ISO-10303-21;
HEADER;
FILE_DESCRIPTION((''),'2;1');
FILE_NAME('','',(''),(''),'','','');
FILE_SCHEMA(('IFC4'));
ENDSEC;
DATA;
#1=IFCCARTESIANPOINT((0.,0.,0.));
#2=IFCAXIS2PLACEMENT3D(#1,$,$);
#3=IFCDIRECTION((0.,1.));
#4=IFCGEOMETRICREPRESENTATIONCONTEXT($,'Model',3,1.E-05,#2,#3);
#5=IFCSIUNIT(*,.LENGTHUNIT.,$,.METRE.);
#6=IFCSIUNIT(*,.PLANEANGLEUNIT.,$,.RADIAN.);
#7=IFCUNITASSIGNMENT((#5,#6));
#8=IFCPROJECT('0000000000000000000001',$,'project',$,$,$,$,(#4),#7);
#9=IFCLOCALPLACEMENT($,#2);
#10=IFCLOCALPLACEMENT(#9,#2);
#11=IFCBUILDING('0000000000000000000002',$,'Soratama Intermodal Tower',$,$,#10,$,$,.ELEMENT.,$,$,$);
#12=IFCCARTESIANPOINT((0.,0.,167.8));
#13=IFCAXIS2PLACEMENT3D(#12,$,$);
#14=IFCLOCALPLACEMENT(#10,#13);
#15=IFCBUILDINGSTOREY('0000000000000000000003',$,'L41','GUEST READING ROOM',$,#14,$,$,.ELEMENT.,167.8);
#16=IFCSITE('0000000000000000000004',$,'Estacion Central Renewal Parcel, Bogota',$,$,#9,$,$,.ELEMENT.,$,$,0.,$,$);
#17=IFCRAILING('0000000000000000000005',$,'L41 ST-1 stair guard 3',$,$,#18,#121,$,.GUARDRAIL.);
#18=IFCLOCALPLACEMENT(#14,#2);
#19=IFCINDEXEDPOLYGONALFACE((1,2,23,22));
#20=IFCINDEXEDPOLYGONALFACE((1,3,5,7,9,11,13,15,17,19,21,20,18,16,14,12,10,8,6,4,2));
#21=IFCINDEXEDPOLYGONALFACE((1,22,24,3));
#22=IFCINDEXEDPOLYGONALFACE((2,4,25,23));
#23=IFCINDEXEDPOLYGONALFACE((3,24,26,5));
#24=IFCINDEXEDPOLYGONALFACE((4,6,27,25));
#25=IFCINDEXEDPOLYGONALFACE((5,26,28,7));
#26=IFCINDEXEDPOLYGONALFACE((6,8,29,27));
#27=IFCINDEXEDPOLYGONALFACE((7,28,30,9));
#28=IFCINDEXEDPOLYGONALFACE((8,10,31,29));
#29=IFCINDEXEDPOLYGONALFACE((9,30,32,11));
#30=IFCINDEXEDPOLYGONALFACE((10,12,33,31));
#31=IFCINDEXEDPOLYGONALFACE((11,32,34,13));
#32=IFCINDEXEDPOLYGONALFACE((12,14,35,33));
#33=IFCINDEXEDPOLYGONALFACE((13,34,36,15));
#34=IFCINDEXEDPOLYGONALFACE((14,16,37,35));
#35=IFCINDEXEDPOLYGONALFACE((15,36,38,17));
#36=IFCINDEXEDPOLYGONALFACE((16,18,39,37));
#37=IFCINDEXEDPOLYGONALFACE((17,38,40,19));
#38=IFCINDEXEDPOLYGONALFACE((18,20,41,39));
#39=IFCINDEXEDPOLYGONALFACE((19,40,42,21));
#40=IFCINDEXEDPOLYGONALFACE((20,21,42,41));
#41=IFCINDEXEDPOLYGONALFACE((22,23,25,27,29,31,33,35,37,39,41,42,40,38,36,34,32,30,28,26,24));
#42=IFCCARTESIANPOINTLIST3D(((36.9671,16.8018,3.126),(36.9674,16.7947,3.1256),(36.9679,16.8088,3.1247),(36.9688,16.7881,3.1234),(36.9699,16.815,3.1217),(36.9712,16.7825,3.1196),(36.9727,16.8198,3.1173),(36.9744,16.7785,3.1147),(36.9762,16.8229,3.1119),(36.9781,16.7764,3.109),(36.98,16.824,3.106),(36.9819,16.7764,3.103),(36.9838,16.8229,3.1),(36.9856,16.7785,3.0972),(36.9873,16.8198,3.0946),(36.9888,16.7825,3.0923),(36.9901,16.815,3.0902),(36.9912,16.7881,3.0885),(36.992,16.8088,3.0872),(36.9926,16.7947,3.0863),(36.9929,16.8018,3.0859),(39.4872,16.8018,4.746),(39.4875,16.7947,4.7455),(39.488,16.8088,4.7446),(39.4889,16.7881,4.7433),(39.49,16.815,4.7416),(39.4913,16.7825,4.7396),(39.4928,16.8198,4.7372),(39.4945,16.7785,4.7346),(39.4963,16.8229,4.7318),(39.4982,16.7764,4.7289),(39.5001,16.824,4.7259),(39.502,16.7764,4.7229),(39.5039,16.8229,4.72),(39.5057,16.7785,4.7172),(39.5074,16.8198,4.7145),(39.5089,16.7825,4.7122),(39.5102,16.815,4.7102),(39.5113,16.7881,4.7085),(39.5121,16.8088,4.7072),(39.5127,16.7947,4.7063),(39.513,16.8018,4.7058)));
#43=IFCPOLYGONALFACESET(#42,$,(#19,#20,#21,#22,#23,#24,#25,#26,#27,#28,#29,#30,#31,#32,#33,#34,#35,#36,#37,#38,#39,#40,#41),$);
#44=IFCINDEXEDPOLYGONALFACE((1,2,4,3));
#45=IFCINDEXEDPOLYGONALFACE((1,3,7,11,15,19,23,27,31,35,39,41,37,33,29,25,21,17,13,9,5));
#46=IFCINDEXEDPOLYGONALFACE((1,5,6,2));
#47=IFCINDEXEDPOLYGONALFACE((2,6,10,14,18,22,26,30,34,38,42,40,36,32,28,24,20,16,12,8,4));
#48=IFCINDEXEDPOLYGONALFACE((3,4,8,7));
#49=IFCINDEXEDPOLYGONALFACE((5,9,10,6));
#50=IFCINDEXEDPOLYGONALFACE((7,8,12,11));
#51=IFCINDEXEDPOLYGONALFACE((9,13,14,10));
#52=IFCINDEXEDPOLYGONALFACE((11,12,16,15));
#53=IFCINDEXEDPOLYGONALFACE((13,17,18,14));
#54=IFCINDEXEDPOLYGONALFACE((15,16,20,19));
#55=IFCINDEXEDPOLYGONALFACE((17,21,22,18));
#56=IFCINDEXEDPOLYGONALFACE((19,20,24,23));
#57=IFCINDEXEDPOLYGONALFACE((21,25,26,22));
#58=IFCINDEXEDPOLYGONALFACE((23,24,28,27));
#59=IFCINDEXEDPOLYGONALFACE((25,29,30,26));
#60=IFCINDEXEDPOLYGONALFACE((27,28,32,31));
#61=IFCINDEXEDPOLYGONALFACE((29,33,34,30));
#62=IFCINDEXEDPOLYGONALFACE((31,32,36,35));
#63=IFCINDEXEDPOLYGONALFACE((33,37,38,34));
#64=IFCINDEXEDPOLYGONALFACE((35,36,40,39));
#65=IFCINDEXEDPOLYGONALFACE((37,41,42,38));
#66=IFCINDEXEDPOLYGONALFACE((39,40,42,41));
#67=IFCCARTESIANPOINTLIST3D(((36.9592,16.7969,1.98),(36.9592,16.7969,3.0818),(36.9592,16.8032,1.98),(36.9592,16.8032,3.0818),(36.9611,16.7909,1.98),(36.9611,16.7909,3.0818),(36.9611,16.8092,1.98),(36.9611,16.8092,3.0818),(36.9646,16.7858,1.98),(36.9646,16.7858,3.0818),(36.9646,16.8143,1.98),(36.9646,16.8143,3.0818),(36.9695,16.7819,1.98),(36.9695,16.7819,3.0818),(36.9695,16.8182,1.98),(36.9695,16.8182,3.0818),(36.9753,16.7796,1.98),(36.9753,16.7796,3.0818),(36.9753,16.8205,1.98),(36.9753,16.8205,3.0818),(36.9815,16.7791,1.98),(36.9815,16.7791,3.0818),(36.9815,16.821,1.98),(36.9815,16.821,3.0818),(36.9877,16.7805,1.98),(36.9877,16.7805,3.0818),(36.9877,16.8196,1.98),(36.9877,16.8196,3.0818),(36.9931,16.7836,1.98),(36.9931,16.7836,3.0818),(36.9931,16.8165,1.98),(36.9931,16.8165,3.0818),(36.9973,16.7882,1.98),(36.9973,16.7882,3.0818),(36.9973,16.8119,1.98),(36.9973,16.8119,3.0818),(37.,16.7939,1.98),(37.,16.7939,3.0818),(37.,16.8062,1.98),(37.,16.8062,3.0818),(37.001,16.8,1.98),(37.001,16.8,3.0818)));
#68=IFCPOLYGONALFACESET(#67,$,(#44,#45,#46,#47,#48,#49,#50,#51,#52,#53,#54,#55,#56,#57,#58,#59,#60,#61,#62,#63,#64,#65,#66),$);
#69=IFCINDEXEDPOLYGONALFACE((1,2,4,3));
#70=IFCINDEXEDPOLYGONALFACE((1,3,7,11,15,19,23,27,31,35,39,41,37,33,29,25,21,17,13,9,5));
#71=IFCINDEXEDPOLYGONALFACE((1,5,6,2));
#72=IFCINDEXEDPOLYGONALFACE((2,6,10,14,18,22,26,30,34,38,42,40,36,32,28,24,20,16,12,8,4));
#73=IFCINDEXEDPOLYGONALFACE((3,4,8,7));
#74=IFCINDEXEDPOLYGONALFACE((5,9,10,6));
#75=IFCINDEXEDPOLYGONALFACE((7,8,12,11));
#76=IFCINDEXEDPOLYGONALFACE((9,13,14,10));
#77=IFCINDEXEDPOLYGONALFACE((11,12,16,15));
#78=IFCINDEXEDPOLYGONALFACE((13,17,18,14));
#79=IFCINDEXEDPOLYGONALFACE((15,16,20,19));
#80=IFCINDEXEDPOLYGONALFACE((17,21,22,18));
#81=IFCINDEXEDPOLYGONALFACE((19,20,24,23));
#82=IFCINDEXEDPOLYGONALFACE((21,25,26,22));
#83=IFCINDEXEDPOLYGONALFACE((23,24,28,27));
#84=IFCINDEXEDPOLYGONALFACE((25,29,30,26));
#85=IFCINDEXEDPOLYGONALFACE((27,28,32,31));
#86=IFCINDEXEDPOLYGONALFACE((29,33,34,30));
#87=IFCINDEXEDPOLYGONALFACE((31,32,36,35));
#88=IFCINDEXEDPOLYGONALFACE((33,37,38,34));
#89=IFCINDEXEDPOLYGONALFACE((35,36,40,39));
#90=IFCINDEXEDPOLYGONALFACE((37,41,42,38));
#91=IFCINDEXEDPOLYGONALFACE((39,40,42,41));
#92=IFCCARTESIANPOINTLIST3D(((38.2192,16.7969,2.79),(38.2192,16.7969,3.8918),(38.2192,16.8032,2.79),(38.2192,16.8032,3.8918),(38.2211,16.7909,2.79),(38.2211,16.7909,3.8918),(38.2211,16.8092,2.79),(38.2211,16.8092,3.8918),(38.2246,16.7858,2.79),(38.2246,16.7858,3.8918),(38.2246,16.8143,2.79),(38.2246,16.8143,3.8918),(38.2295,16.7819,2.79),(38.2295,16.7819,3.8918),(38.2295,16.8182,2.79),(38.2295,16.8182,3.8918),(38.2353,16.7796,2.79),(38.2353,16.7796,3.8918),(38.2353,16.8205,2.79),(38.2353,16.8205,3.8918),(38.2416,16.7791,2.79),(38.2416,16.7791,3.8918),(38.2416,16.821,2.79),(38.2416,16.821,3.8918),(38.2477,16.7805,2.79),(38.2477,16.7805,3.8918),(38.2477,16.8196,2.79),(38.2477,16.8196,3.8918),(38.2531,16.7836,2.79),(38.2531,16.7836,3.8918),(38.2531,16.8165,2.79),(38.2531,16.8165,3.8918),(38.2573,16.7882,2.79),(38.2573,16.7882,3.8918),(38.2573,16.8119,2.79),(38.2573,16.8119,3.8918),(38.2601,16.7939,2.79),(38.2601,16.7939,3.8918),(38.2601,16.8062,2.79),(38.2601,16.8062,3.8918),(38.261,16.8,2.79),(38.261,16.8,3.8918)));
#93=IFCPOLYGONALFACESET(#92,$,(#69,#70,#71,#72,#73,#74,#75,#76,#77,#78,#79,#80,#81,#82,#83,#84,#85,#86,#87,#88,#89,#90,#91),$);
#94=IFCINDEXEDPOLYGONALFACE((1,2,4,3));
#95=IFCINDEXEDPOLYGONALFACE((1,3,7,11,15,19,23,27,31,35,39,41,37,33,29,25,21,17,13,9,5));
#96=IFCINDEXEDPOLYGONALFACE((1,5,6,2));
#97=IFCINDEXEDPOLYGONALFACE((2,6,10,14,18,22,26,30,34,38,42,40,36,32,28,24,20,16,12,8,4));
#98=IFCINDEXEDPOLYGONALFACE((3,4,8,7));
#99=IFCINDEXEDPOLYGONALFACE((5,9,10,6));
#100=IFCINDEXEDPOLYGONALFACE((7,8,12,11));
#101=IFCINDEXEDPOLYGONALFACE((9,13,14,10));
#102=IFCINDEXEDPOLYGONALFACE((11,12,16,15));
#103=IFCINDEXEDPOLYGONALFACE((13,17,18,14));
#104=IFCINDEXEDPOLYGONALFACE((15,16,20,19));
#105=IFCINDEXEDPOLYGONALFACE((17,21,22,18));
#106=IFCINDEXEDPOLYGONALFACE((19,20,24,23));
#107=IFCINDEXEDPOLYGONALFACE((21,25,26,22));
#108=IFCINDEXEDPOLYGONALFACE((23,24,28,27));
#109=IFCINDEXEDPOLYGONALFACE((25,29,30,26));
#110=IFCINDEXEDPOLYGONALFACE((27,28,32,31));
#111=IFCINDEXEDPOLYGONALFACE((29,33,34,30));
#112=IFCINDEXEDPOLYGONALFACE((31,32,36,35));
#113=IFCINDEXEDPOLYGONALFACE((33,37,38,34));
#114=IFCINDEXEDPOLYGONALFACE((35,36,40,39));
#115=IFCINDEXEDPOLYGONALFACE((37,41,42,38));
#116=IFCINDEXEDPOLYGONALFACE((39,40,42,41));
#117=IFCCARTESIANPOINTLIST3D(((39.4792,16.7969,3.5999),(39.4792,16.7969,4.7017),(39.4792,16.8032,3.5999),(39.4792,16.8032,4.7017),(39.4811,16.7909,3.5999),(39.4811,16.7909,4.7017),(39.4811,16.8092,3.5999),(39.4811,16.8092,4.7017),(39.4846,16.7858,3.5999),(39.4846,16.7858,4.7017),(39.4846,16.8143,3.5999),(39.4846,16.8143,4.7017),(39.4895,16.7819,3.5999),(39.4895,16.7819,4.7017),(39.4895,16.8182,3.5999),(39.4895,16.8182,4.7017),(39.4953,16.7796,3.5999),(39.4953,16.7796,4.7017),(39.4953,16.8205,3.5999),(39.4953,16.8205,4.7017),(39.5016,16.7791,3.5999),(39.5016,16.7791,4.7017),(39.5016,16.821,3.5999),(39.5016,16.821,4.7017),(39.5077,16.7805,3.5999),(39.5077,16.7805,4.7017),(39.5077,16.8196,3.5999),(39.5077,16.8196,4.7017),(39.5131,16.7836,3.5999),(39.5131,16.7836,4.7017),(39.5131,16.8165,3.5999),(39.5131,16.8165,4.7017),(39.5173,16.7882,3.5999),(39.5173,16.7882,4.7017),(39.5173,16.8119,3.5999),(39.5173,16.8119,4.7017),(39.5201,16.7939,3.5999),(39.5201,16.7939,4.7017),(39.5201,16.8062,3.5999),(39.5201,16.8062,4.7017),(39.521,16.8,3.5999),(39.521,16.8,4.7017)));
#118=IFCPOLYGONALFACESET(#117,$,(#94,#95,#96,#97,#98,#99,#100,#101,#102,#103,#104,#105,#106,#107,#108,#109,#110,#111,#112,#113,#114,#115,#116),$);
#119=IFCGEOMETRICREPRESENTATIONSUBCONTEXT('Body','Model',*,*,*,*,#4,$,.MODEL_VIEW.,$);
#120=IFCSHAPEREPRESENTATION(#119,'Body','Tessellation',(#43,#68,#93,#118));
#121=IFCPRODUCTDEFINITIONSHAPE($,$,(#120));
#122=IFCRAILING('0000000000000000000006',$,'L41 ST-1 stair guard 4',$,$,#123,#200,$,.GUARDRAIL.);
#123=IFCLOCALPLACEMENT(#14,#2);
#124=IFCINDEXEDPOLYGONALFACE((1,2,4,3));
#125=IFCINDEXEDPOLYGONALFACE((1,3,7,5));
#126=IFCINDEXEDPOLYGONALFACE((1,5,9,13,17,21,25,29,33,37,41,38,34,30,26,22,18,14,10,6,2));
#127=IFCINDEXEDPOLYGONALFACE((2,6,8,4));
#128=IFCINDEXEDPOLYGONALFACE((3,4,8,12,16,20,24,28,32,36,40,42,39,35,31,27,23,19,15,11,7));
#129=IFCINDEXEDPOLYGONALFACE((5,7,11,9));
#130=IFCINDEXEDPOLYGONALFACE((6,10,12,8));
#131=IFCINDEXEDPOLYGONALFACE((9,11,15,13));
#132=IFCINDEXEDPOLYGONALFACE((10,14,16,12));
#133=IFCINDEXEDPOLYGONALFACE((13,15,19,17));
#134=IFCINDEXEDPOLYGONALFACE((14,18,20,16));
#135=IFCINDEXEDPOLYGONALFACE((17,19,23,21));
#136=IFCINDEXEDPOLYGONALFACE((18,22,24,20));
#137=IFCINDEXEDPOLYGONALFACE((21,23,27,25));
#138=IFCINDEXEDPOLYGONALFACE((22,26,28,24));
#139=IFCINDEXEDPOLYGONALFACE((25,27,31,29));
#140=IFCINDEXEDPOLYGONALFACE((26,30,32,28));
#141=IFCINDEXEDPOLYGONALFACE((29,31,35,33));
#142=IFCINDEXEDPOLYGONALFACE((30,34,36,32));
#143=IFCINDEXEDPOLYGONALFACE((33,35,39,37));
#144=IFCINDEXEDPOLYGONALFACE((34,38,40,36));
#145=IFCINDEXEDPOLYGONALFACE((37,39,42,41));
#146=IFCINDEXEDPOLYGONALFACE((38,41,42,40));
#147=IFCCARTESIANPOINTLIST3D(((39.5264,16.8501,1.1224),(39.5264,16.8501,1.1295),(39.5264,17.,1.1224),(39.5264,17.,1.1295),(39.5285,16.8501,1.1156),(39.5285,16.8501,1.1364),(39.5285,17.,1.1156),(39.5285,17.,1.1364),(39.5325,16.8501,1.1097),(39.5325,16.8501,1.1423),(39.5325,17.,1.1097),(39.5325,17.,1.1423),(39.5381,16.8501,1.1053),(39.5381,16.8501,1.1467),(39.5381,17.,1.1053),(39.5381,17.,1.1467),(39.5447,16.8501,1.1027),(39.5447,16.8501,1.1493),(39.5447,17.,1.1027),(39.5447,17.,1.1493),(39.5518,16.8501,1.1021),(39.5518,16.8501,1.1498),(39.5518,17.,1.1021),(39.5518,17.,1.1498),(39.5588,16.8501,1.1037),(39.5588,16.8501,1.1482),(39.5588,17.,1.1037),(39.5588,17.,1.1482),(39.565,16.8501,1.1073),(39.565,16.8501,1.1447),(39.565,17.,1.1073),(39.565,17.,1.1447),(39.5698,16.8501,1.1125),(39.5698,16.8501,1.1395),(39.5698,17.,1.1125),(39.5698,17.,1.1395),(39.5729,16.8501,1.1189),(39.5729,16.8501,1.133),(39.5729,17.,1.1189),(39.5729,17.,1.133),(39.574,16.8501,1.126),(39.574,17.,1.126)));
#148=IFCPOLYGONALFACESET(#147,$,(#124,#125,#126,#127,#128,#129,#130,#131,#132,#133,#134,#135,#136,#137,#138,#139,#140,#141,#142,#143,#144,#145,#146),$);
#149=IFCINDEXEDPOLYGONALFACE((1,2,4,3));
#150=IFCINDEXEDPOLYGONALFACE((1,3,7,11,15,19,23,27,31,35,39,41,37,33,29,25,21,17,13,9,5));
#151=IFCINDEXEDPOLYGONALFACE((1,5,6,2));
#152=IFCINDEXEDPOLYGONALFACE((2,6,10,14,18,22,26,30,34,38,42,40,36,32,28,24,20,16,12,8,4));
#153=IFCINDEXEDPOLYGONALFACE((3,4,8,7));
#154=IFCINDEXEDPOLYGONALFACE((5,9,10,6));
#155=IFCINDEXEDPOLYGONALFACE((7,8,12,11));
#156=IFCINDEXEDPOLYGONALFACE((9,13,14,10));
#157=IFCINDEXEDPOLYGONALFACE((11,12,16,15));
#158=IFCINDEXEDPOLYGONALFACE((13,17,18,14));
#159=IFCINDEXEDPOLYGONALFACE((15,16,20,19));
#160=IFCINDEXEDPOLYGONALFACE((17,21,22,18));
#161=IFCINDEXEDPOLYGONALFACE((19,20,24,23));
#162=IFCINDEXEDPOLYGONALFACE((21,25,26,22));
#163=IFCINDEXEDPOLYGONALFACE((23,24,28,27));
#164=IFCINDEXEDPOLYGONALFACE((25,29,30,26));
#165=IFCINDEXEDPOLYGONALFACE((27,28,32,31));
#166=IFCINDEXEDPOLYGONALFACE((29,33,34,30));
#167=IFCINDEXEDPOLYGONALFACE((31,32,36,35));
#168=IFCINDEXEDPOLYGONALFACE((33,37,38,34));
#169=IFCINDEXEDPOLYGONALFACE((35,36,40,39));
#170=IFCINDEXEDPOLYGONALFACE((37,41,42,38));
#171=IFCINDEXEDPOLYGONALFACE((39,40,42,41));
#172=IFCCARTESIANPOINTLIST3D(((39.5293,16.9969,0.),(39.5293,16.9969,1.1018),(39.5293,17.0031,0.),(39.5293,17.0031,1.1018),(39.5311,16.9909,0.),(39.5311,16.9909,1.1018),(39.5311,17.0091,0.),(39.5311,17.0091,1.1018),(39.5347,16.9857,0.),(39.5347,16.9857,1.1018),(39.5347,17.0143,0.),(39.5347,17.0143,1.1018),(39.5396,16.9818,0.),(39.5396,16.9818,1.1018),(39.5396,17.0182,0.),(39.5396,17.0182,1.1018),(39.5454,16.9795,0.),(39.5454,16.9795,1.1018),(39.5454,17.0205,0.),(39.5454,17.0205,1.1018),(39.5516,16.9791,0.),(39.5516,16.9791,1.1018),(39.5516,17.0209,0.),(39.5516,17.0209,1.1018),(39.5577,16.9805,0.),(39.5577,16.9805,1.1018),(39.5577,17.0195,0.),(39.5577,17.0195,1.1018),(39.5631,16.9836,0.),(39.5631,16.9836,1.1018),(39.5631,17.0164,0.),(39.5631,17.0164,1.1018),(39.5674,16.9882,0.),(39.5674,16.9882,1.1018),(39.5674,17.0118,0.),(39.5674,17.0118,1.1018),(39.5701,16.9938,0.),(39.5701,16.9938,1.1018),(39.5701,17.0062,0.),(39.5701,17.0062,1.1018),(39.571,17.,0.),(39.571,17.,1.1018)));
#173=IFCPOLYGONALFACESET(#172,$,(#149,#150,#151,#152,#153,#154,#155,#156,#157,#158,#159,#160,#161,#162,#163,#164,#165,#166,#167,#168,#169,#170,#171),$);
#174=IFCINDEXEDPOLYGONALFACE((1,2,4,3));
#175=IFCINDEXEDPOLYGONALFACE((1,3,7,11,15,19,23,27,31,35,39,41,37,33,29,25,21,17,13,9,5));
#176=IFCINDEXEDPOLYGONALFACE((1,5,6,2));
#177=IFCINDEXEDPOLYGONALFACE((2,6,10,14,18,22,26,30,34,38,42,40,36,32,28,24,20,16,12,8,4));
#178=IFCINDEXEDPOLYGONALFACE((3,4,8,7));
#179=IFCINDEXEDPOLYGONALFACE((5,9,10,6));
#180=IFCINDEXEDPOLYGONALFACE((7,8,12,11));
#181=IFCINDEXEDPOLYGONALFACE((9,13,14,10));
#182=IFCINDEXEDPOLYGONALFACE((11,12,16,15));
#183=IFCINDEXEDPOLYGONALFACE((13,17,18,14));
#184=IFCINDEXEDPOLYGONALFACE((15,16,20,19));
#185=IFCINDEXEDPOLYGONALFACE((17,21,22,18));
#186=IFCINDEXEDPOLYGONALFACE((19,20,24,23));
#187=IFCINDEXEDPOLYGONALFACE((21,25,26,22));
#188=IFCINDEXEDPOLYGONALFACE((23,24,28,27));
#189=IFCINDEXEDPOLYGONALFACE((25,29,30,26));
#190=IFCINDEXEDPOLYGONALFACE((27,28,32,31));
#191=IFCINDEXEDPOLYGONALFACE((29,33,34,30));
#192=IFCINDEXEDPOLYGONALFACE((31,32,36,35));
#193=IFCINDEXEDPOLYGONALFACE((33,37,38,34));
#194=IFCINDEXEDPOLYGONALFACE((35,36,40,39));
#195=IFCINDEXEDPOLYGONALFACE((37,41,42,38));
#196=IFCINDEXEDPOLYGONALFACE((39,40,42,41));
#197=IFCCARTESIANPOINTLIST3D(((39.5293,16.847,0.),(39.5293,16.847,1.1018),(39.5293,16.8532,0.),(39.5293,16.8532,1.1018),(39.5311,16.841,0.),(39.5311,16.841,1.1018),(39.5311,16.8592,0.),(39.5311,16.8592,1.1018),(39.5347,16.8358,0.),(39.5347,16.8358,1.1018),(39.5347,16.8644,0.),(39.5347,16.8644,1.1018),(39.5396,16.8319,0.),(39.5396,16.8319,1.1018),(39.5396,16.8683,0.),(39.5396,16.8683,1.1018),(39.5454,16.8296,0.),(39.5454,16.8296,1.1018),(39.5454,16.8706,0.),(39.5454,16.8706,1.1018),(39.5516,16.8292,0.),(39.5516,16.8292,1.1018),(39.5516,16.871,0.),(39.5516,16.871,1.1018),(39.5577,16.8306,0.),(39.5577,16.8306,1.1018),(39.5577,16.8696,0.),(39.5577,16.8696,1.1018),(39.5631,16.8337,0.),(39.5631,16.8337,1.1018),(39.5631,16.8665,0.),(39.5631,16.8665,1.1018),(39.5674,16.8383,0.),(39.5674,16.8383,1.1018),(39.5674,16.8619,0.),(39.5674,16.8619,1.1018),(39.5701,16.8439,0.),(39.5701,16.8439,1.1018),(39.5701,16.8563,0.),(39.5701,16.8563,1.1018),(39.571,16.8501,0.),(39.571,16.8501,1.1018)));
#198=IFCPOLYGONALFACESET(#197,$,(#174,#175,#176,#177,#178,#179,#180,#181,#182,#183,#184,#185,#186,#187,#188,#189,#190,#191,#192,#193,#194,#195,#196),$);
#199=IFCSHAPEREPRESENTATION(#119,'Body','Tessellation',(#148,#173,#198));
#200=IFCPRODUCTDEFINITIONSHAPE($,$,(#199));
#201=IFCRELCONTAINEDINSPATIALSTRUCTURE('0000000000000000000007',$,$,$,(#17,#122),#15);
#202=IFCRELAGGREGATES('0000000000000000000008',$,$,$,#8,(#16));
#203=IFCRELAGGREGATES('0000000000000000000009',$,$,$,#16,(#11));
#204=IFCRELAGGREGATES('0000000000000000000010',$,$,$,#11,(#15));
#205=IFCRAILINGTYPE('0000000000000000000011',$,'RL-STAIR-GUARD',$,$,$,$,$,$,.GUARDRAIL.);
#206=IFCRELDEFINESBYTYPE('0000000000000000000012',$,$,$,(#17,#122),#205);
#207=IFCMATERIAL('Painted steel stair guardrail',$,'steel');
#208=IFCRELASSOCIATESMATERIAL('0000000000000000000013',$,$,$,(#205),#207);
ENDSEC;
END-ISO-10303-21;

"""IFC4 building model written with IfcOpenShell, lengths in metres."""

from ifc_helpers import new_model, si_unit, direction, frame, origin, origin_2d, place, context, subcontext, project, spatial, circle, extrude, material, type_object, element, save


model = new_model("IFC4")

# Units and contexts
model_context = context("Model", 3, precision=1e-05, world=origin(), true_north=direction((0.0, 1.0)))
body_context = subcontext(model_context, "Body", "Model", "MODEL_VIEW")
ifc_project = project(units=[si_unit("LENGTHUNIT", "METRE"), si_unit("PLANEANGLEUNIT", "RADIAN")], contexts=[model_context])

# Site, building, storey
site_placement = place(None, origin())
site = spatial("IfcSite", under=ifc_project, at=site_placement, Name="Estacion Central Renewal Parcel, Bogota", CompositionType="ELEMENT", RefElevation=0.0)
building_placement = place(site_placement, origin())
building = spatial("IfcBuilding", under=site, at=building_placement, Name="Soratama Intermodal Tower", CompositionType="ELEMENT")
storey_placement = place(building_placement, frame((0.0, 0.0, 167.8)))
storey = spatial("IfcBuildingStorey", under=building, at=storey_placement, Name="L41", Description="GUEST READING ROOM", CompositionType="ELEMENT", Elevation=167.8)

# Railings
ifc_material_1 = material(Name="Painted steel stair guardrail", Category="steel")
railing_type_1 = type_object("IfcRailingType", Name="RL-STAIR-GUARD", PredefinedType="GUARDRAIL", material=ifc_material_1)
railing_1_placement = place(storey_placement, frame((36.98, 16.8, 1.98)))
element("IfcRailing", 1, at=railing_1_placement, inside=storey, type_object=railing_type_1, Name="L41 ST-1 stair guard 3", PredefinedType="GUARDRAIL", context=body_context, shape_type="SweptSolid", body=[
    extrude(circle(Radius=0.0239, at=origin_2d()), frame((0.0, 0.0, 1.126), z_axis=(0.8412, 0.0, 0.540725), x_axis=(0.0, 1.0, 0.0)), (0.0, 0.0, 1.0), 2.9958),
    extrude(circle(Radius=0.021, at=origin_2d()), origin(), (0.0, 0.0, 1.0), 1.1018),
    extrude(circle(Radius=0.021, at=origin_2d()), frame((1.26, 0.0, 0.8101)), (0.0, 0.0, 1.0), 1.1018),
    extrude(circle(Radius=0.021, at=origin_2d()), frame((2.52, 0.0, 1.6199)), (0.0, 0.0, 1.0), 1.1018),
])
railing_2_placement = place(storey_placement, frame((39.55, 17.0, 0.0)))
element("IfcRailing", 2, at=railing_2_placement, inside=storey, type_object=railing_type_1, Name="L41 ST-1 stair guard 4", PredefinedType="GUARDRAIL", context=body_context, shape_type="SweptSolid", body=[
    extrude(circle(Radius=0.0239, at=origin_2d()), frame((0.0, 0.0, 1.126), z_axis=(0.0, -1.0, 0.0), x_axis=(1.0, 0.0, 0.0)), (0.0, 0.0, 1.0), 0.1499),
    extrude(circle(Radius=0.021, at=origin_2d()), origin(), (0.0, 0.0, 1.0), 1.1018),
    extrude(circle(Radius=0.021, at=origin_2d()), frame((0.0, -0.1499, 0.0)), (0.0, 0.0, 1.0), 1.1018),
])

save(model, "model.ifc")
